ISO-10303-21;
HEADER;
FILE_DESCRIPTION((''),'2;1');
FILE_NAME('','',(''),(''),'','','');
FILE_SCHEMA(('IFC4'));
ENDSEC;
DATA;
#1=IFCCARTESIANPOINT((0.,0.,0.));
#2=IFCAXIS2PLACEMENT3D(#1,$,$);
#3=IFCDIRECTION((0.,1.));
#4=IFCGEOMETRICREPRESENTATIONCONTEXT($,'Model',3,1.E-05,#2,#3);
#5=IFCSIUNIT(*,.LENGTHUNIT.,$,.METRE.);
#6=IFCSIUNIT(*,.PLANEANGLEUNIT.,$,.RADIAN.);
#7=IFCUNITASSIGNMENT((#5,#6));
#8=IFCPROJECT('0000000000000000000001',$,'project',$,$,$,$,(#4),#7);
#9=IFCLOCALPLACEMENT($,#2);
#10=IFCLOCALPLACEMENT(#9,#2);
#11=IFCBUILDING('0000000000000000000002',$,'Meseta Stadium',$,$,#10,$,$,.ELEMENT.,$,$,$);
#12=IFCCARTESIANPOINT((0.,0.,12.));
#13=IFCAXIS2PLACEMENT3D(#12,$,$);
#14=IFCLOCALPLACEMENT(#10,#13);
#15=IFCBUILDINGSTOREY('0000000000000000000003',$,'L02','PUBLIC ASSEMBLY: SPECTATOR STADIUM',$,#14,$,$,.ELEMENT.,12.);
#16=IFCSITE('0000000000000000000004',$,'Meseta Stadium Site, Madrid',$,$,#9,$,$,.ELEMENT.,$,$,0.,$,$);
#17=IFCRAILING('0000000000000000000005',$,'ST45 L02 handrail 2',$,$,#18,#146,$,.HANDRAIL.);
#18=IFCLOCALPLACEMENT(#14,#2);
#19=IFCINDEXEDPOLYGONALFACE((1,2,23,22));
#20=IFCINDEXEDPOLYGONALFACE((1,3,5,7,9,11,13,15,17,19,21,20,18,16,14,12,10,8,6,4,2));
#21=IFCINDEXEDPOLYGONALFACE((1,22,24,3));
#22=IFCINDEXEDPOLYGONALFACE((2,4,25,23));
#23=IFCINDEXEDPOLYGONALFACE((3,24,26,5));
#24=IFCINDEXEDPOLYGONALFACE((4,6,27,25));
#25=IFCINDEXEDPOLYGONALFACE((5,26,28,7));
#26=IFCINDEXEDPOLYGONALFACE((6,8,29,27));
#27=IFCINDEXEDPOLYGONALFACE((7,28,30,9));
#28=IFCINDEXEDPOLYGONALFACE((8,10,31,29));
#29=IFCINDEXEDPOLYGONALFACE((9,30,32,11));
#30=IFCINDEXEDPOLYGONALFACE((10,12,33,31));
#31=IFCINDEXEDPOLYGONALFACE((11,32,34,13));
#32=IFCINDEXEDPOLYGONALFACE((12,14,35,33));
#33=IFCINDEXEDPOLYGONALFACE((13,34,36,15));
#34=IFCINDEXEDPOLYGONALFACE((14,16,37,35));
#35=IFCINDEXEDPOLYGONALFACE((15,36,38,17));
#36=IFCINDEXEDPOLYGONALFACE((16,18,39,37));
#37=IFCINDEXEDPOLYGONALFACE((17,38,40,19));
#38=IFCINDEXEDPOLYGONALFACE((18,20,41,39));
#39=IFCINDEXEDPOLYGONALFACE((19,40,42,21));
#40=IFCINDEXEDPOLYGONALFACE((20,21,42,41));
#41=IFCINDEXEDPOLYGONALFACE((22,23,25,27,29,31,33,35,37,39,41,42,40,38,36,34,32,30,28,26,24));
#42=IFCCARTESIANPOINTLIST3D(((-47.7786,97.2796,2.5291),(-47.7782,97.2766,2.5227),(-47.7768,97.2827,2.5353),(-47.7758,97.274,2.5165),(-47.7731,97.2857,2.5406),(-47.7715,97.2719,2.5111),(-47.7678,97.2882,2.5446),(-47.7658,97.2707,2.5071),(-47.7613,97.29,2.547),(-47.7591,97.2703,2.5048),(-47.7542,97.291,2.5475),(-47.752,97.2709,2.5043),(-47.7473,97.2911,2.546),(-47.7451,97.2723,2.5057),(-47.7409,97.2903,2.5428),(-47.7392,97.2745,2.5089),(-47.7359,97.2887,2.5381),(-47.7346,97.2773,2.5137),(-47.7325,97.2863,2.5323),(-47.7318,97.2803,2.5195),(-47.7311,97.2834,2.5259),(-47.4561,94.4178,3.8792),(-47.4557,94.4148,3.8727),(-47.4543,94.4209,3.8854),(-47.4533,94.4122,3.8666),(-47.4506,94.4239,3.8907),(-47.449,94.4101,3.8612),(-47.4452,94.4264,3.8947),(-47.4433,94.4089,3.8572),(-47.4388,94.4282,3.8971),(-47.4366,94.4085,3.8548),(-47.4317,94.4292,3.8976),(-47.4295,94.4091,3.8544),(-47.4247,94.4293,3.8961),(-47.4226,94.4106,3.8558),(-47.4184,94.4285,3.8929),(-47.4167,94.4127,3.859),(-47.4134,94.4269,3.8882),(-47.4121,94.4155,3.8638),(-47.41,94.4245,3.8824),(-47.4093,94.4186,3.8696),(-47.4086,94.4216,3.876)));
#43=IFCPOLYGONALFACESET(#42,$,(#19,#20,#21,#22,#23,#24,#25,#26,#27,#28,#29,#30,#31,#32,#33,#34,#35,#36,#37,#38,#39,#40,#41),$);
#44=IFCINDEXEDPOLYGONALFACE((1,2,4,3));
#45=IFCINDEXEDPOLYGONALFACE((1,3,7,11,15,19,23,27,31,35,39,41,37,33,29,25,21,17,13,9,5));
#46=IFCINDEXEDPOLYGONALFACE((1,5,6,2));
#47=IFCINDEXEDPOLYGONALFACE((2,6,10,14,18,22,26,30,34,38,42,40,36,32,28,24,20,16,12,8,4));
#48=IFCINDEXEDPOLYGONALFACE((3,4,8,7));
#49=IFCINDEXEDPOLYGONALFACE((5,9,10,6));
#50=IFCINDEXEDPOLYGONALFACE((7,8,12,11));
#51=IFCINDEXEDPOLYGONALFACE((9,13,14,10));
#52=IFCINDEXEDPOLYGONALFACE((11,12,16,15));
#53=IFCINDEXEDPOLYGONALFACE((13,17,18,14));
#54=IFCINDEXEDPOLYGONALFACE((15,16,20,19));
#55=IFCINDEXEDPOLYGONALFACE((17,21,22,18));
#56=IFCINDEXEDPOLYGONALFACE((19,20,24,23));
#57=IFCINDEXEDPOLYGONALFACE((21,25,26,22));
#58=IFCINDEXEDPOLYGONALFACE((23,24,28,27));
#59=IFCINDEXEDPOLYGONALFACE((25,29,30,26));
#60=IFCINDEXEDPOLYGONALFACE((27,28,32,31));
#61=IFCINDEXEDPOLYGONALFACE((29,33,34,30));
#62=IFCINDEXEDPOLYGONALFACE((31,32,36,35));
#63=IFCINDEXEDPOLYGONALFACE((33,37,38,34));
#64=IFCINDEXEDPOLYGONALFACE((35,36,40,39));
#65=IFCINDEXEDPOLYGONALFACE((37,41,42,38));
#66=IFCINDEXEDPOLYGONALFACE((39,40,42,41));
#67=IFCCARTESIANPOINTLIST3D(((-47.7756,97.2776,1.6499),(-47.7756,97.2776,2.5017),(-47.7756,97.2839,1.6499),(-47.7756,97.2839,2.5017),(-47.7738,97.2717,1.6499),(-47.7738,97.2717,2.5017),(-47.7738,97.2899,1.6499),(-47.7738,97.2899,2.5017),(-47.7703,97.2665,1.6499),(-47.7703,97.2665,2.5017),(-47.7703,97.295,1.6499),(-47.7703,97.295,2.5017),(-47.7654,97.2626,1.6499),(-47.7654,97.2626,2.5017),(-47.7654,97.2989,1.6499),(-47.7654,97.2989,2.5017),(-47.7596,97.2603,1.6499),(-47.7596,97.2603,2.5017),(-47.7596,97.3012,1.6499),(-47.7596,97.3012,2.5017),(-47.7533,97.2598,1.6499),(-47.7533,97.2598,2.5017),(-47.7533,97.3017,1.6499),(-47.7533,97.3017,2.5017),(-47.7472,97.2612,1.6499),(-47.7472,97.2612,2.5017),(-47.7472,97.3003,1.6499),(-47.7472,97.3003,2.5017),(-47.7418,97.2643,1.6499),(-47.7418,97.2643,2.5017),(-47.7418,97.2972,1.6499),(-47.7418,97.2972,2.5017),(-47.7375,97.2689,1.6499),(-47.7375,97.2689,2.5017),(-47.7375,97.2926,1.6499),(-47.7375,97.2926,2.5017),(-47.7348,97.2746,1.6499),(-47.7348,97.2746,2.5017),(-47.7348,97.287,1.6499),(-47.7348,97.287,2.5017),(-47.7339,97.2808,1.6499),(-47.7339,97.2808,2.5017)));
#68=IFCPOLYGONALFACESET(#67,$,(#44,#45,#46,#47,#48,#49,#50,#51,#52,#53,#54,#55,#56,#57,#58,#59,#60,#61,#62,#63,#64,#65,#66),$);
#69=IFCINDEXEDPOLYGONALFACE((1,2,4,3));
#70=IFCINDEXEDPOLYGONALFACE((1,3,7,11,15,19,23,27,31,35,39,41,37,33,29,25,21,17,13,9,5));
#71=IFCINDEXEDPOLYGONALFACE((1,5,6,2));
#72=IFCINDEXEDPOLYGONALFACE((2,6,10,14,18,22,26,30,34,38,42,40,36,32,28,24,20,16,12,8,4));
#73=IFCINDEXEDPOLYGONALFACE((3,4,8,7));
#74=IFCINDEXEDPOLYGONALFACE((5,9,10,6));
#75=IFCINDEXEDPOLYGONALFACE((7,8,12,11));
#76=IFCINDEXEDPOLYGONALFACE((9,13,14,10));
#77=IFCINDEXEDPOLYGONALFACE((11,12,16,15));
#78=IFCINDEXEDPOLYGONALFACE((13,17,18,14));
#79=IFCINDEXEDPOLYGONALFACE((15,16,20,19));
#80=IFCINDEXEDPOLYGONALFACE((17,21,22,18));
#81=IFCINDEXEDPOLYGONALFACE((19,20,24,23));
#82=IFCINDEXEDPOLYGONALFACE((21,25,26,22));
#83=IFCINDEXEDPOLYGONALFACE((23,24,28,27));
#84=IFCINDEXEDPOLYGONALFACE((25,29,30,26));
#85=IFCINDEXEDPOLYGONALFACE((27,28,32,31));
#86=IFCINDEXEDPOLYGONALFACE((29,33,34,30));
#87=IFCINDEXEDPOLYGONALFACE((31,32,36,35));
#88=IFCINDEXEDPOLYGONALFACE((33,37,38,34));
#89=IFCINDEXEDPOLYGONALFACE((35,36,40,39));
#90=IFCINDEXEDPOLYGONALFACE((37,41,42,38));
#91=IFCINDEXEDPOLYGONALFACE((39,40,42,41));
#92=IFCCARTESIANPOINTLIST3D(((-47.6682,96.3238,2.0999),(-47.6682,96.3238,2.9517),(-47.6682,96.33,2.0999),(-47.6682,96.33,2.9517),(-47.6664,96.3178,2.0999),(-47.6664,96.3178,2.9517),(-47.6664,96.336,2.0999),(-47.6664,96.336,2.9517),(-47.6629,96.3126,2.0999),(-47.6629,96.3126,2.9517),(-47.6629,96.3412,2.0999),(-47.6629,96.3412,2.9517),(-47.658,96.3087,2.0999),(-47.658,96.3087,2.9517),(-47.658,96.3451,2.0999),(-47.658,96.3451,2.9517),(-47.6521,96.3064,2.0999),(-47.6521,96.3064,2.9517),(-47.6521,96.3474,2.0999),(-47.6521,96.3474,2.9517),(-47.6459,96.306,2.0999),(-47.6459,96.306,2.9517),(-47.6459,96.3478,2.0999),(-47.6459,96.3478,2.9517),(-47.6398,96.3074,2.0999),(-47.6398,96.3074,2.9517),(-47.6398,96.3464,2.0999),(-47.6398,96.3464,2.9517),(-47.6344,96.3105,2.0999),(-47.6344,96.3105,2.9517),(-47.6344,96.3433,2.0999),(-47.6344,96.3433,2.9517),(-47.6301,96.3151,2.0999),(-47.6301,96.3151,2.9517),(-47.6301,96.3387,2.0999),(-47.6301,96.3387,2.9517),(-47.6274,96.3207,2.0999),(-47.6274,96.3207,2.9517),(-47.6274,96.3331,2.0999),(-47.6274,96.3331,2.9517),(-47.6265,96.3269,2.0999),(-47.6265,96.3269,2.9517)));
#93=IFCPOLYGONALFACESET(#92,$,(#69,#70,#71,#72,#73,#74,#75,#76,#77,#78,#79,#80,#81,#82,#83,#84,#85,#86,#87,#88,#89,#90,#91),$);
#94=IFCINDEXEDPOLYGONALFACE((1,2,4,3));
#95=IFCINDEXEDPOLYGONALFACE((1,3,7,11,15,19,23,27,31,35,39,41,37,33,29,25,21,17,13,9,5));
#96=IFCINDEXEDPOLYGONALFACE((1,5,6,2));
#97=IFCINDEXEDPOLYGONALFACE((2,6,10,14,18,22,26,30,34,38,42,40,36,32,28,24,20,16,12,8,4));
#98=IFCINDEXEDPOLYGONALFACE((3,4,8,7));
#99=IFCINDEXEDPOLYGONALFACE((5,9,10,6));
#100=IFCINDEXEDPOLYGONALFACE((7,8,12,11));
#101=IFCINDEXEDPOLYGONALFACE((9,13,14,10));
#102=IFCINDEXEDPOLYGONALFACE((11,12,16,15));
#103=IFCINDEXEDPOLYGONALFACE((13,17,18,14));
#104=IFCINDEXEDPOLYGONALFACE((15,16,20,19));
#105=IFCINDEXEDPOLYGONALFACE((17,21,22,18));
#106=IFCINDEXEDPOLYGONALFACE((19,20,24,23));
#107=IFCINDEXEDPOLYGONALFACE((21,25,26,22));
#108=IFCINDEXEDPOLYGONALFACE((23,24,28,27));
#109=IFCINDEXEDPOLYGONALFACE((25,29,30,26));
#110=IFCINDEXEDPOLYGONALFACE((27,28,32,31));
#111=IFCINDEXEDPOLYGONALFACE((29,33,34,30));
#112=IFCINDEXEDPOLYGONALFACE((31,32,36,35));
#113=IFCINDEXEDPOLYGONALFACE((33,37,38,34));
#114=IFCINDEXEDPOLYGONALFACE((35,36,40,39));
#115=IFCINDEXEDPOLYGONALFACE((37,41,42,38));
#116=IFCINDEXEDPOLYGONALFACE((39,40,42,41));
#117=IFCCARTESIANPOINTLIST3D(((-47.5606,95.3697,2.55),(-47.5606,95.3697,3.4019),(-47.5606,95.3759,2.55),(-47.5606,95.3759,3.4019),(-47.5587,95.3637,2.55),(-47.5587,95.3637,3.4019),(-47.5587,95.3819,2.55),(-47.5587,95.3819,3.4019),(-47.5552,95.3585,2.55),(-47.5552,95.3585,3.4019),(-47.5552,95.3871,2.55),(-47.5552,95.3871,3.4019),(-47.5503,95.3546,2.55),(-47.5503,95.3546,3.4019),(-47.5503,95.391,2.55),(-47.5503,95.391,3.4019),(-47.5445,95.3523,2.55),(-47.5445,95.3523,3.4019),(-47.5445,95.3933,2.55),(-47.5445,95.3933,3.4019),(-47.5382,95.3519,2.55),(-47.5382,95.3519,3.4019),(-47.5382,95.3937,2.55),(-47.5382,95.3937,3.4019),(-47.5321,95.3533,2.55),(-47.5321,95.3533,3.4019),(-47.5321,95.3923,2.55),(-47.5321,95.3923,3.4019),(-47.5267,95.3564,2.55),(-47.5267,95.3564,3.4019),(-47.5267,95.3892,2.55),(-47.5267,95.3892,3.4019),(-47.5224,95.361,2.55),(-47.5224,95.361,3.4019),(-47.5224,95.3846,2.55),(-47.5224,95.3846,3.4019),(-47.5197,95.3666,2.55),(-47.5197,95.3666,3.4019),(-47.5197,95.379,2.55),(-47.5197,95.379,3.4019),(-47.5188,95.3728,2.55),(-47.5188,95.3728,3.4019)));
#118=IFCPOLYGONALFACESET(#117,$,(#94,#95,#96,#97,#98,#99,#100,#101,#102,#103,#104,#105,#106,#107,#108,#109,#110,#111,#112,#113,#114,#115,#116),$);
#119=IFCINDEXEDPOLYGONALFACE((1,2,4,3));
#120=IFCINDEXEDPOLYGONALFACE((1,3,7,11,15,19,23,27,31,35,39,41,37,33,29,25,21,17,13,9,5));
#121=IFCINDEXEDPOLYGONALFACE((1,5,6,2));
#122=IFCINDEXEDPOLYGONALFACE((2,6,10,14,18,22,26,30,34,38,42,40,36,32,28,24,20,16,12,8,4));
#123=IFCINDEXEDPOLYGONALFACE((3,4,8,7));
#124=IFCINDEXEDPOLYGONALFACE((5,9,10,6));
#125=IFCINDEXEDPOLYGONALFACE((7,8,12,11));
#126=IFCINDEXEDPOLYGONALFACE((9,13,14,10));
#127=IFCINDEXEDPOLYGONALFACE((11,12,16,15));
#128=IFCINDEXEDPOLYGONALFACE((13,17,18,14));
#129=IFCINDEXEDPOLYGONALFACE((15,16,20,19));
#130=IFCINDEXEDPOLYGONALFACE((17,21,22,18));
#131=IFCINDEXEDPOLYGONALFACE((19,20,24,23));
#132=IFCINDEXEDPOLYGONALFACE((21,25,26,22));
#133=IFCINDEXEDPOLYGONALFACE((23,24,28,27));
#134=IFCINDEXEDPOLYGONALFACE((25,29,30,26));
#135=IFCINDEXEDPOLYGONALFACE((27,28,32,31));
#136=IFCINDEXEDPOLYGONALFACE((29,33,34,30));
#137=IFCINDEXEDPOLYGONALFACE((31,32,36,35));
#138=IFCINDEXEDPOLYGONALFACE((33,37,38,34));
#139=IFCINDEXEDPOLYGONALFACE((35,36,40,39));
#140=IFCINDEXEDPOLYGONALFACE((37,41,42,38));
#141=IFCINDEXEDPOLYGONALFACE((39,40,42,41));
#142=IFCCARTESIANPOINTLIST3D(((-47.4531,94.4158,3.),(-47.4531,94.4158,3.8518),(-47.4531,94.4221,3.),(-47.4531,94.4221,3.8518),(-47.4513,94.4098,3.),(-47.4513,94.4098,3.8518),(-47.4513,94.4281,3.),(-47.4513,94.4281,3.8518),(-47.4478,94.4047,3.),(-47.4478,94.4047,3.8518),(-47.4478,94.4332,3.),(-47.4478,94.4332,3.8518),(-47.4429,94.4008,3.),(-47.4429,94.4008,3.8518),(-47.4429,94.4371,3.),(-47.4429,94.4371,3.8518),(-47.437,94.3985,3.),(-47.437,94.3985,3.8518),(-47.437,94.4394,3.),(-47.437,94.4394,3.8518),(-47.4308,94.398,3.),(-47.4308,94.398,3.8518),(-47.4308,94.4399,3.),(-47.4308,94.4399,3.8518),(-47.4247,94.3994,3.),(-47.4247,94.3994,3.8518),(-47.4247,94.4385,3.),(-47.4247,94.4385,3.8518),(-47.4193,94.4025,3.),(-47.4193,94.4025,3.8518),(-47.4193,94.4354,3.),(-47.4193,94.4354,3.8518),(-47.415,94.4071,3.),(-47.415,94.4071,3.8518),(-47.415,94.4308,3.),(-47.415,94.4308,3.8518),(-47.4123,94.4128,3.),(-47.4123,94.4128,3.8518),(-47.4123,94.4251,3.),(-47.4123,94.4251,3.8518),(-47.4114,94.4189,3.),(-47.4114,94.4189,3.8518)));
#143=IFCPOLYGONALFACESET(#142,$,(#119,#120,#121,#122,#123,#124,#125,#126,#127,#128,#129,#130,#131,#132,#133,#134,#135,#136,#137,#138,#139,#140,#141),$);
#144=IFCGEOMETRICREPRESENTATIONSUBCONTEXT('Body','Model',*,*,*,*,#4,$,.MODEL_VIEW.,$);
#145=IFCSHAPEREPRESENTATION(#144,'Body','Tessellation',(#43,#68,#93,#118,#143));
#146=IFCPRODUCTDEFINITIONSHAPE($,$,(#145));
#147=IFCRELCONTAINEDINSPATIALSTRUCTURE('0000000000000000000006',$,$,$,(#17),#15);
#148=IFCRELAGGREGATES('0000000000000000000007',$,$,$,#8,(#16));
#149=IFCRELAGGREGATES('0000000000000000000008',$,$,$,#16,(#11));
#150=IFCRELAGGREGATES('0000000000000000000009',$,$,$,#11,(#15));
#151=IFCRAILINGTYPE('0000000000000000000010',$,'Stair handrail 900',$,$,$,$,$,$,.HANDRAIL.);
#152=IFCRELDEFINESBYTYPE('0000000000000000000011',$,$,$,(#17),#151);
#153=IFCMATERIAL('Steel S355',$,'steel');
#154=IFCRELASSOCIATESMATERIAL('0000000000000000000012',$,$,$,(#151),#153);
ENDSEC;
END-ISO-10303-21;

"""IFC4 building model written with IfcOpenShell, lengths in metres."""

from ifc_helpers import new_model, si_unit, direction, frame, origin, origin_2d, place, context, subcontext, project, spatial, circle, extrude, material, type_object, element, save


model = new_model("IFC4")

# Units and contexts
model_context = context("Model", 3, precision=1e-05, world=origin(), true_north=direction((0.0, 1.0)))
body_context = subcontext(model_context, "Body", "Model", "MODEL_VIEW")
ifc_project = project(units=[si_unit("LENGTHUNIT", "METRE"), si_unit("PLANEANGLEUNIT", "RADIAN")], contexts=[model_context])

# Site, building, storey
site_placement = place(None, origin())
site = spatial("IfcSite", under=ifc_project, at=site_placement, Name="Meseta Stadium Site, Madrid", CompositionType="ELEMENT", RefElevation=0.0)
building_placement = place(site_placement, origin())
building = spatial("IfcBuilding", under=site, at=building_placement, Name="Meseta Stadium", CompositionType="ELEMENT")
storey_placement = place(building_placement, frame((0.0, 0.0, 12.0)))
storey = spatial("IfcBuildingStorey", under=building, at=storey_placement, Name="L02", Description="PUBLIC ASSEMBLY: SPECTATOR STADIUM", CompositionType="ELEMENT", Elevation=12.0)

# Railing
ifc_material_1 = material(Name="Steel S355", Category="steel")
railing_type_1 = type_object("IfcRailingType", Name="Stair handrail 900", PredefinedType="HANDRAIL", material=ifc_material_1)
for number, where, name in (
    (1, (-47.7549, 97.2808, 1.6499), "ST45 L02 handrail 2"),
):
    element("IfcRailing", number, at=place(storey_placement, frame(where)), inside=storey, type_object=railing_type_1, Name=name, PredefinedType="HANDRAIL", context=body_context, shape_type="SweptSolid", body=[
        extrude(circle(Radius=0.0239, at=origin_2d()), frame((0.0, 0.0, 0.876), z_axis=(0.101396, -0.899748, 0.424467), x_axis=(0.99371, 0.111985, 0.0)), (0.0, 0.0, 1.0), 3.1807),
        extrude(circle(Radius=0.021, at=origin_2d()), origin(), (0.0, 0.0, 1.0), 0.8518),
        extrude(circle(Radius=0.021, at=origin_2d()), frame((0.1074, -0.9539, 0.45)), (0.0, 0.0, 1.0), 0.8518),
        extrude(circle(Radius=0.021, at=origin_2d()), frame((0.2151, -1.908, 0.9001)), (0.0, 0.0, 1.0), 0.8518),
        extrude(circle(Radius=0.021, at=origin_2d()), frame((0.3225, -2.8618, 1.3501)), (0.0, 0.0, 1.0), 0.8518),
    ])

save(model, "model.ifc")
